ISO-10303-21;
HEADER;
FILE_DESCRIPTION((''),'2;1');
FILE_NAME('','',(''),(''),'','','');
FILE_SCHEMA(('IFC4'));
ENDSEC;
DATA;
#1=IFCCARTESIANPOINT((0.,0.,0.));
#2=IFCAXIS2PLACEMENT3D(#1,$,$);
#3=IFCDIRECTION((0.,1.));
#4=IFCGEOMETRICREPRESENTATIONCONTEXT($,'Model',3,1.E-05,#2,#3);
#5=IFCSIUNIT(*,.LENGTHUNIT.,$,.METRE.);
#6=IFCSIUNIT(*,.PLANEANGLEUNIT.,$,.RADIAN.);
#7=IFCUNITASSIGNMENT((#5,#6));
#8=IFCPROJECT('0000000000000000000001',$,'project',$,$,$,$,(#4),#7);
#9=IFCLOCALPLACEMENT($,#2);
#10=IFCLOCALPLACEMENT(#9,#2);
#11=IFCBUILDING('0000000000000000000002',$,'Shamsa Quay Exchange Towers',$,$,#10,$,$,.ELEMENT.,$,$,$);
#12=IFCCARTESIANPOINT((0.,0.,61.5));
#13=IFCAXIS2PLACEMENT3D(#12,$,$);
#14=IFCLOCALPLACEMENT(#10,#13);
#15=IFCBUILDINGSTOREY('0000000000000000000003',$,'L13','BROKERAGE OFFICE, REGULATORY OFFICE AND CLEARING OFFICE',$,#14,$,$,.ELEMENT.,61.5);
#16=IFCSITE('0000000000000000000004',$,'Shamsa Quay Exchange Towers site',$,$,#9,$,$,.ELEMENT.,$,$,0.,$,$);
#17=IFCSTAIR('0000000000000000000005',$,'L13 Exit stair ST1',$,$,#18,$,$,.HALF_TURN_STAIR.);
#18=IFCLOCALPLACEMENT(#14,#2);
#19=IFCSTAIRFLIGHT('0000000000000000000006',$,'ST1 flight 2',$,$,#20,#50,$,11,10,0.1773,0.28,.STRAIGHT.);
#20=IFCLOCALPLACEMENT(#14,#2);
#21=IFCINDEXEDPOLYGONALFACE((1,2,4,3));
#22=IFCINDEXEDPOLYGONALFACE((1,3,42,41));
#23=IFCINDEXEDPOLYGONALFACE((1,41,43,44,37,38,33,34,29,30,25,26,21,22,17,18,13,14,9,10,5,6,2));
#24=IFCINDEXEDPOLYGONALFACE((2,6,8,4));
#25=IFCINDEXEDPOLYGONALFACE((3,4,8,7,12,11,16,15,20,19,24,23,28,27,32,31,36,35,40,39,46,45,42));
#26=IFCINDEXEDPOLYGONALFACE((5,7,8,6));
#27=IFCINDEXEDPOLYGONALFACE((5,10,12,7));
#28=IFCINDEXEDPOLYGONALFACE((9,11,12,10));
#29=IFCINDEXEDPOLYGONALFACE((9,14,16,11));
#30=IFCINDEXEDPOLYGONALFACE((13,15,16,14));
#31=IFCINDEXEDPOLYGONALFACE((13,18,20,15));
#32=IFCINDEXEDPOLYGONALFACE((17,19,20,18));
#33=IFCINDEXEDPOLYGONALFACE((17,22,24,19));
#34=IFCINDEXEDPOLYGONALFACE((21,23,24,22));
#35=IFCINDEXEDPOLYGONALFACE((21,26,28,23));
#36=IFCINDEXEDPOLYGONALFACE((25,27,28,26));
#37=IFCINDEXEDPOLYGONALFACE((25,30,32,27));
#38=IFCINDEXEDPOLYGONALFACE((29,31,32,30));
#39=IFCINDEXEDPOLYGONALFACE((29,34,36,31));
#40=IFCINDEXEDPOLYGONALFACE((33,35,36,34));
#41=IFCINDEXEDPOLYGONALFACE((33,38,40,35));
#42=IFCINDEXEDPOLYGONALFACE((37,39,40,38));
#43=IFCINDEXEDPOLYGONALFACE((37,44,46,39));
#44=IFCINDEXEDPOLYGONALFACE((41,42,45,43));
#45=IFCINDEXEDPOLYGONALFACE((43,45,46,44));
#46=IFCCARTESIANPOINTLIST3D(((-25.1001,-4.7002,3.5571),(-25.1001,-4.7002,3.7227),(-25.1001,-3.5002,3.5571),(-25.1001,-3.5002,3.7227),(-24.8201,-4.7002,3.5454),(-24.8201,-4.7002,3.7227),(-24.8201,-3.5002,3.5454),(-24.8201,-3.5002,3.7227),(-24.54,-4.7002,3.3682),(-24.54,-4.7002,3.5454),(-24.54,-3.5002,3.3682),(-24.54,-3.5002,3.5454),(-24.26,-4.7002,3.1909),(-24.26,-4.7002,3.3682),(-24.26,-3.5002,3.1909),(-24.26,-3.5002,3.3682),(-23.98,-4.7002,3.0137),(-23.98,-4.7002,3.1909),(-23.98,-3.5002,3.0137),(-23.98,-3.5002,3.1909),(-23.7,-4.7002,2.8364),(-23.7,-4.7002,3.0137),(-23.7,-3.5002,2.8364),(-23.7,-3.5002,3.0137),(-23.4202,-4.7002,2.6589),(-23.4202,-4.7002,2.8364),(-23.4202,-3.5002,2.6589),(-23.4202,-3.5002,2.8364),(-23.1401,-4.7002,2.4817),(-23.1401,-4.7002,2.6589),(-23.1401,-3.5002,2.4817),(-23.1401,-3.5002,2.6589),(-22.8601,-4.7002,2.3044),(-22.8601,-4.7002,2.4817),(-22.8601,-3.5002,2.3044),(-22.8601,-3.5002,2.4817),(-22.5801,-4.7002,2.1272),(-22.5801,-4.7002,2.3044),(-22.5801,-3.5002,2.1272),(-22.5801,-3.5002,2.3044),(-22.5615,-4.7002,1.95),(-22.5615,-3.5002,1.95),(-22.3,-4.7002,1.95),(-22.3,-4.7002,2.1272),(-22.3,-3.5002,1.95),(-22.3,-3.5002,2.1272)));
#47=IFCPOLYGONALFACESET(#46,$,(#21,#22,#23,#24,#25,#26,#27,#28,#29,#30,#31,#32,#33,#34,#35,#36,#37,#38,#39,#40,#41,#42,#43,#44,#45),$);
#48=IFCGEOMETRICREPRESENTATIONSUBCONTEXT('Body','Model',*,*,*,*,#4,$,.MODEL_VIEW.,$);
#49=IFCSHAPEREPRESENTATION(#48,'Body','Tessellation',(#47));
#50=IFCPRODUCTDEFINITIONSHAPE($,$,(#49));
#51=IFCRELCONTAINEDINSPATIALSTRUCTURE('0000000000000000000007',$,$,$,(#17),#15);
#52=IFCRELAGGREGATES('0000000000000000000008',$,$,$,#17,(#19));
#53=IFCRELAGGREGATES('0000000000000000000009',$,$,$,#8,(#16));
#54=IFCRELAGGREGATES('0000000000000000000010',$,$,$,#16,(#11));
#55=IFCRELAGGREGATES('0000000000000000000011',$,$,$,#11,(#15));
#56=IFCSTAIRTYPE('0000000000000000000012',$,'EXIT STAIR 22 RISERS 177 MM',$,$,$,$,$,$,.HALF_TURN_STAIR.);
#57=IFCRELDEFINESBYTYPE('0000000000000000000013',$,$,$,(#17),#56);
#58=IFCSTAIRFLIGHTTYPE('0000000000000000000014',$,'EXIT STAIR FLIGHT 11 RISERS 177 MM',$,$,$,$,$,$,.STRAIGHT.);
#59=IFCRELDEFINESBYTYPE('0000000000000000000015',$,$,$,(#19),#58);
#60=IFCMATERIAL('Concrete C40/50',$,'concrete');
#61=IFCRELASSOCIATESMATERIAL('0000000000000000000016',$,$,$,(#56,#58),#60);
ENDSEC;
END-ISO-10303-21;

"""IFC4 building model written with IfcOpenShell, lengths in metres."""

from ifc_helpers import new_model, si_unit, direction, frame, origin, place, context, subcontext, project, spatial, polyline, outline, extrude, material, type_object, element, aggregate, save


model = new_model("IFC4")

# Units and contexts
model_context = context("Model", 3, precision=1e-05, world=origin(), true_north=direction((0.0, 1.0)))
body_context = subcontext(model_context, "Body", "Model", "MODEL_VIEW")
ifc_project = project(units=[si_unit("LENGTHUNIT", "METRE"), si_unit("PLANEANGLEUNIT", "RADIAN")], contexts=[model_context])

# Site, building, storey
site_placement = place(None, origin())
site = spatial("IfcSite", under=ifc_project, at=site_placement, Name="Shamsa Quay Exchange Towers site", CompositionType="ELEMENT", RefElevation=0.0)
building_placement = place(site_placement, origin())
building = spatial("IfcBuilding", under=site, at=building_placement, Name="Shamsa Quay Exchange Towers", CompositionType="ELEMENT")
storey_placement = place(building_placement, frame((0.0, 0.0, 61.5)))
storey = spatial("IfcBuildingStorey", under=building, at=storey_placement, Name="L13", Description="BROKERAGE OFFICE, REGULATORY OFFICE AND CLEARING OFFICE", CompositionType="ELEMENT", Elevation=61.5)

# Shared definitions
ifc_material_1 = material(Name="Concrete C40/50", Category="concrete")

# Stair, stair flight
stair_type = type_object("IfcStairType", Name="EXIT STAIR 22 RISERS 177 MM", PredefinedType="HALF_TURN_STAIR", material=ifc_material_1)
stair_placement = place(storey_placement, origin())
stair = element("IfcStair", 1, at=stair_placement, inside=storey, type_object=stair_type, Name="L13 Exit stair ST1", PredefinedType="HALF_TURN_STAIR")
stair_flight_type = type_object("IfcStairFlightType", Name="EXIT STAIR FLIGHT 11 RISERS 177 MM", PredefinedType="STRAIGHT", material=ifc_material_1)
stair_flight_placement = place(storey_placement, frame((-22.3, -4.1001, 1.95), z_axis=(0.0, 0.0, 1.0), x_axis=(-1.0, 0.0, 0.0)))
stair_flight = element("IfcStairFlight", 2, at=stair_flight_placement, type_object=stair_flight_type, Name="ST1 flight 2", NumberOfRisers=11, NumberOfTreads=10, PredefinedType="STRAIGHT", RiserHeight=0.1773, TreadLength=0.28, context=body_context, shape_type="SweptSolid", body=[
    extrude(outline(polyline([(0.0, 0.0), (0.0, 0.1772), (0.28, 0.1772), (0.28, 0.3545), (0.5601, 0.3545), (0.5601, 0.5317), (0.8401, 0.5317), (0.8401, 0.709), (1.1201, 0.709), (1.1201, 0.8865), (1.3999, 0.8865), (1.3999, 1.0637), (1.6799, 1.0637), (1.6799, 1.241), (1.96, 1.241), (1.96, 1.4182), (2.24, 1.4182), (2.24, 1.5955), (2.52, 1.5955), (2.52, 1.7727), (2.8, 1.7727), (2.8, 1.95), (2.8, 1.6072), (0.2615, 0.0), (0.0, 0.0)])), frame((0.0, 0.6001, 0.0), z_axis=(0.0, -1.0, 0.0), x_axis=(1.0, 0.0, 0.0)), (0.0, 0.0, 1.0), 1.2),
])
aggregate(stair, [stair_flight])

save(model, "model.ifc")
